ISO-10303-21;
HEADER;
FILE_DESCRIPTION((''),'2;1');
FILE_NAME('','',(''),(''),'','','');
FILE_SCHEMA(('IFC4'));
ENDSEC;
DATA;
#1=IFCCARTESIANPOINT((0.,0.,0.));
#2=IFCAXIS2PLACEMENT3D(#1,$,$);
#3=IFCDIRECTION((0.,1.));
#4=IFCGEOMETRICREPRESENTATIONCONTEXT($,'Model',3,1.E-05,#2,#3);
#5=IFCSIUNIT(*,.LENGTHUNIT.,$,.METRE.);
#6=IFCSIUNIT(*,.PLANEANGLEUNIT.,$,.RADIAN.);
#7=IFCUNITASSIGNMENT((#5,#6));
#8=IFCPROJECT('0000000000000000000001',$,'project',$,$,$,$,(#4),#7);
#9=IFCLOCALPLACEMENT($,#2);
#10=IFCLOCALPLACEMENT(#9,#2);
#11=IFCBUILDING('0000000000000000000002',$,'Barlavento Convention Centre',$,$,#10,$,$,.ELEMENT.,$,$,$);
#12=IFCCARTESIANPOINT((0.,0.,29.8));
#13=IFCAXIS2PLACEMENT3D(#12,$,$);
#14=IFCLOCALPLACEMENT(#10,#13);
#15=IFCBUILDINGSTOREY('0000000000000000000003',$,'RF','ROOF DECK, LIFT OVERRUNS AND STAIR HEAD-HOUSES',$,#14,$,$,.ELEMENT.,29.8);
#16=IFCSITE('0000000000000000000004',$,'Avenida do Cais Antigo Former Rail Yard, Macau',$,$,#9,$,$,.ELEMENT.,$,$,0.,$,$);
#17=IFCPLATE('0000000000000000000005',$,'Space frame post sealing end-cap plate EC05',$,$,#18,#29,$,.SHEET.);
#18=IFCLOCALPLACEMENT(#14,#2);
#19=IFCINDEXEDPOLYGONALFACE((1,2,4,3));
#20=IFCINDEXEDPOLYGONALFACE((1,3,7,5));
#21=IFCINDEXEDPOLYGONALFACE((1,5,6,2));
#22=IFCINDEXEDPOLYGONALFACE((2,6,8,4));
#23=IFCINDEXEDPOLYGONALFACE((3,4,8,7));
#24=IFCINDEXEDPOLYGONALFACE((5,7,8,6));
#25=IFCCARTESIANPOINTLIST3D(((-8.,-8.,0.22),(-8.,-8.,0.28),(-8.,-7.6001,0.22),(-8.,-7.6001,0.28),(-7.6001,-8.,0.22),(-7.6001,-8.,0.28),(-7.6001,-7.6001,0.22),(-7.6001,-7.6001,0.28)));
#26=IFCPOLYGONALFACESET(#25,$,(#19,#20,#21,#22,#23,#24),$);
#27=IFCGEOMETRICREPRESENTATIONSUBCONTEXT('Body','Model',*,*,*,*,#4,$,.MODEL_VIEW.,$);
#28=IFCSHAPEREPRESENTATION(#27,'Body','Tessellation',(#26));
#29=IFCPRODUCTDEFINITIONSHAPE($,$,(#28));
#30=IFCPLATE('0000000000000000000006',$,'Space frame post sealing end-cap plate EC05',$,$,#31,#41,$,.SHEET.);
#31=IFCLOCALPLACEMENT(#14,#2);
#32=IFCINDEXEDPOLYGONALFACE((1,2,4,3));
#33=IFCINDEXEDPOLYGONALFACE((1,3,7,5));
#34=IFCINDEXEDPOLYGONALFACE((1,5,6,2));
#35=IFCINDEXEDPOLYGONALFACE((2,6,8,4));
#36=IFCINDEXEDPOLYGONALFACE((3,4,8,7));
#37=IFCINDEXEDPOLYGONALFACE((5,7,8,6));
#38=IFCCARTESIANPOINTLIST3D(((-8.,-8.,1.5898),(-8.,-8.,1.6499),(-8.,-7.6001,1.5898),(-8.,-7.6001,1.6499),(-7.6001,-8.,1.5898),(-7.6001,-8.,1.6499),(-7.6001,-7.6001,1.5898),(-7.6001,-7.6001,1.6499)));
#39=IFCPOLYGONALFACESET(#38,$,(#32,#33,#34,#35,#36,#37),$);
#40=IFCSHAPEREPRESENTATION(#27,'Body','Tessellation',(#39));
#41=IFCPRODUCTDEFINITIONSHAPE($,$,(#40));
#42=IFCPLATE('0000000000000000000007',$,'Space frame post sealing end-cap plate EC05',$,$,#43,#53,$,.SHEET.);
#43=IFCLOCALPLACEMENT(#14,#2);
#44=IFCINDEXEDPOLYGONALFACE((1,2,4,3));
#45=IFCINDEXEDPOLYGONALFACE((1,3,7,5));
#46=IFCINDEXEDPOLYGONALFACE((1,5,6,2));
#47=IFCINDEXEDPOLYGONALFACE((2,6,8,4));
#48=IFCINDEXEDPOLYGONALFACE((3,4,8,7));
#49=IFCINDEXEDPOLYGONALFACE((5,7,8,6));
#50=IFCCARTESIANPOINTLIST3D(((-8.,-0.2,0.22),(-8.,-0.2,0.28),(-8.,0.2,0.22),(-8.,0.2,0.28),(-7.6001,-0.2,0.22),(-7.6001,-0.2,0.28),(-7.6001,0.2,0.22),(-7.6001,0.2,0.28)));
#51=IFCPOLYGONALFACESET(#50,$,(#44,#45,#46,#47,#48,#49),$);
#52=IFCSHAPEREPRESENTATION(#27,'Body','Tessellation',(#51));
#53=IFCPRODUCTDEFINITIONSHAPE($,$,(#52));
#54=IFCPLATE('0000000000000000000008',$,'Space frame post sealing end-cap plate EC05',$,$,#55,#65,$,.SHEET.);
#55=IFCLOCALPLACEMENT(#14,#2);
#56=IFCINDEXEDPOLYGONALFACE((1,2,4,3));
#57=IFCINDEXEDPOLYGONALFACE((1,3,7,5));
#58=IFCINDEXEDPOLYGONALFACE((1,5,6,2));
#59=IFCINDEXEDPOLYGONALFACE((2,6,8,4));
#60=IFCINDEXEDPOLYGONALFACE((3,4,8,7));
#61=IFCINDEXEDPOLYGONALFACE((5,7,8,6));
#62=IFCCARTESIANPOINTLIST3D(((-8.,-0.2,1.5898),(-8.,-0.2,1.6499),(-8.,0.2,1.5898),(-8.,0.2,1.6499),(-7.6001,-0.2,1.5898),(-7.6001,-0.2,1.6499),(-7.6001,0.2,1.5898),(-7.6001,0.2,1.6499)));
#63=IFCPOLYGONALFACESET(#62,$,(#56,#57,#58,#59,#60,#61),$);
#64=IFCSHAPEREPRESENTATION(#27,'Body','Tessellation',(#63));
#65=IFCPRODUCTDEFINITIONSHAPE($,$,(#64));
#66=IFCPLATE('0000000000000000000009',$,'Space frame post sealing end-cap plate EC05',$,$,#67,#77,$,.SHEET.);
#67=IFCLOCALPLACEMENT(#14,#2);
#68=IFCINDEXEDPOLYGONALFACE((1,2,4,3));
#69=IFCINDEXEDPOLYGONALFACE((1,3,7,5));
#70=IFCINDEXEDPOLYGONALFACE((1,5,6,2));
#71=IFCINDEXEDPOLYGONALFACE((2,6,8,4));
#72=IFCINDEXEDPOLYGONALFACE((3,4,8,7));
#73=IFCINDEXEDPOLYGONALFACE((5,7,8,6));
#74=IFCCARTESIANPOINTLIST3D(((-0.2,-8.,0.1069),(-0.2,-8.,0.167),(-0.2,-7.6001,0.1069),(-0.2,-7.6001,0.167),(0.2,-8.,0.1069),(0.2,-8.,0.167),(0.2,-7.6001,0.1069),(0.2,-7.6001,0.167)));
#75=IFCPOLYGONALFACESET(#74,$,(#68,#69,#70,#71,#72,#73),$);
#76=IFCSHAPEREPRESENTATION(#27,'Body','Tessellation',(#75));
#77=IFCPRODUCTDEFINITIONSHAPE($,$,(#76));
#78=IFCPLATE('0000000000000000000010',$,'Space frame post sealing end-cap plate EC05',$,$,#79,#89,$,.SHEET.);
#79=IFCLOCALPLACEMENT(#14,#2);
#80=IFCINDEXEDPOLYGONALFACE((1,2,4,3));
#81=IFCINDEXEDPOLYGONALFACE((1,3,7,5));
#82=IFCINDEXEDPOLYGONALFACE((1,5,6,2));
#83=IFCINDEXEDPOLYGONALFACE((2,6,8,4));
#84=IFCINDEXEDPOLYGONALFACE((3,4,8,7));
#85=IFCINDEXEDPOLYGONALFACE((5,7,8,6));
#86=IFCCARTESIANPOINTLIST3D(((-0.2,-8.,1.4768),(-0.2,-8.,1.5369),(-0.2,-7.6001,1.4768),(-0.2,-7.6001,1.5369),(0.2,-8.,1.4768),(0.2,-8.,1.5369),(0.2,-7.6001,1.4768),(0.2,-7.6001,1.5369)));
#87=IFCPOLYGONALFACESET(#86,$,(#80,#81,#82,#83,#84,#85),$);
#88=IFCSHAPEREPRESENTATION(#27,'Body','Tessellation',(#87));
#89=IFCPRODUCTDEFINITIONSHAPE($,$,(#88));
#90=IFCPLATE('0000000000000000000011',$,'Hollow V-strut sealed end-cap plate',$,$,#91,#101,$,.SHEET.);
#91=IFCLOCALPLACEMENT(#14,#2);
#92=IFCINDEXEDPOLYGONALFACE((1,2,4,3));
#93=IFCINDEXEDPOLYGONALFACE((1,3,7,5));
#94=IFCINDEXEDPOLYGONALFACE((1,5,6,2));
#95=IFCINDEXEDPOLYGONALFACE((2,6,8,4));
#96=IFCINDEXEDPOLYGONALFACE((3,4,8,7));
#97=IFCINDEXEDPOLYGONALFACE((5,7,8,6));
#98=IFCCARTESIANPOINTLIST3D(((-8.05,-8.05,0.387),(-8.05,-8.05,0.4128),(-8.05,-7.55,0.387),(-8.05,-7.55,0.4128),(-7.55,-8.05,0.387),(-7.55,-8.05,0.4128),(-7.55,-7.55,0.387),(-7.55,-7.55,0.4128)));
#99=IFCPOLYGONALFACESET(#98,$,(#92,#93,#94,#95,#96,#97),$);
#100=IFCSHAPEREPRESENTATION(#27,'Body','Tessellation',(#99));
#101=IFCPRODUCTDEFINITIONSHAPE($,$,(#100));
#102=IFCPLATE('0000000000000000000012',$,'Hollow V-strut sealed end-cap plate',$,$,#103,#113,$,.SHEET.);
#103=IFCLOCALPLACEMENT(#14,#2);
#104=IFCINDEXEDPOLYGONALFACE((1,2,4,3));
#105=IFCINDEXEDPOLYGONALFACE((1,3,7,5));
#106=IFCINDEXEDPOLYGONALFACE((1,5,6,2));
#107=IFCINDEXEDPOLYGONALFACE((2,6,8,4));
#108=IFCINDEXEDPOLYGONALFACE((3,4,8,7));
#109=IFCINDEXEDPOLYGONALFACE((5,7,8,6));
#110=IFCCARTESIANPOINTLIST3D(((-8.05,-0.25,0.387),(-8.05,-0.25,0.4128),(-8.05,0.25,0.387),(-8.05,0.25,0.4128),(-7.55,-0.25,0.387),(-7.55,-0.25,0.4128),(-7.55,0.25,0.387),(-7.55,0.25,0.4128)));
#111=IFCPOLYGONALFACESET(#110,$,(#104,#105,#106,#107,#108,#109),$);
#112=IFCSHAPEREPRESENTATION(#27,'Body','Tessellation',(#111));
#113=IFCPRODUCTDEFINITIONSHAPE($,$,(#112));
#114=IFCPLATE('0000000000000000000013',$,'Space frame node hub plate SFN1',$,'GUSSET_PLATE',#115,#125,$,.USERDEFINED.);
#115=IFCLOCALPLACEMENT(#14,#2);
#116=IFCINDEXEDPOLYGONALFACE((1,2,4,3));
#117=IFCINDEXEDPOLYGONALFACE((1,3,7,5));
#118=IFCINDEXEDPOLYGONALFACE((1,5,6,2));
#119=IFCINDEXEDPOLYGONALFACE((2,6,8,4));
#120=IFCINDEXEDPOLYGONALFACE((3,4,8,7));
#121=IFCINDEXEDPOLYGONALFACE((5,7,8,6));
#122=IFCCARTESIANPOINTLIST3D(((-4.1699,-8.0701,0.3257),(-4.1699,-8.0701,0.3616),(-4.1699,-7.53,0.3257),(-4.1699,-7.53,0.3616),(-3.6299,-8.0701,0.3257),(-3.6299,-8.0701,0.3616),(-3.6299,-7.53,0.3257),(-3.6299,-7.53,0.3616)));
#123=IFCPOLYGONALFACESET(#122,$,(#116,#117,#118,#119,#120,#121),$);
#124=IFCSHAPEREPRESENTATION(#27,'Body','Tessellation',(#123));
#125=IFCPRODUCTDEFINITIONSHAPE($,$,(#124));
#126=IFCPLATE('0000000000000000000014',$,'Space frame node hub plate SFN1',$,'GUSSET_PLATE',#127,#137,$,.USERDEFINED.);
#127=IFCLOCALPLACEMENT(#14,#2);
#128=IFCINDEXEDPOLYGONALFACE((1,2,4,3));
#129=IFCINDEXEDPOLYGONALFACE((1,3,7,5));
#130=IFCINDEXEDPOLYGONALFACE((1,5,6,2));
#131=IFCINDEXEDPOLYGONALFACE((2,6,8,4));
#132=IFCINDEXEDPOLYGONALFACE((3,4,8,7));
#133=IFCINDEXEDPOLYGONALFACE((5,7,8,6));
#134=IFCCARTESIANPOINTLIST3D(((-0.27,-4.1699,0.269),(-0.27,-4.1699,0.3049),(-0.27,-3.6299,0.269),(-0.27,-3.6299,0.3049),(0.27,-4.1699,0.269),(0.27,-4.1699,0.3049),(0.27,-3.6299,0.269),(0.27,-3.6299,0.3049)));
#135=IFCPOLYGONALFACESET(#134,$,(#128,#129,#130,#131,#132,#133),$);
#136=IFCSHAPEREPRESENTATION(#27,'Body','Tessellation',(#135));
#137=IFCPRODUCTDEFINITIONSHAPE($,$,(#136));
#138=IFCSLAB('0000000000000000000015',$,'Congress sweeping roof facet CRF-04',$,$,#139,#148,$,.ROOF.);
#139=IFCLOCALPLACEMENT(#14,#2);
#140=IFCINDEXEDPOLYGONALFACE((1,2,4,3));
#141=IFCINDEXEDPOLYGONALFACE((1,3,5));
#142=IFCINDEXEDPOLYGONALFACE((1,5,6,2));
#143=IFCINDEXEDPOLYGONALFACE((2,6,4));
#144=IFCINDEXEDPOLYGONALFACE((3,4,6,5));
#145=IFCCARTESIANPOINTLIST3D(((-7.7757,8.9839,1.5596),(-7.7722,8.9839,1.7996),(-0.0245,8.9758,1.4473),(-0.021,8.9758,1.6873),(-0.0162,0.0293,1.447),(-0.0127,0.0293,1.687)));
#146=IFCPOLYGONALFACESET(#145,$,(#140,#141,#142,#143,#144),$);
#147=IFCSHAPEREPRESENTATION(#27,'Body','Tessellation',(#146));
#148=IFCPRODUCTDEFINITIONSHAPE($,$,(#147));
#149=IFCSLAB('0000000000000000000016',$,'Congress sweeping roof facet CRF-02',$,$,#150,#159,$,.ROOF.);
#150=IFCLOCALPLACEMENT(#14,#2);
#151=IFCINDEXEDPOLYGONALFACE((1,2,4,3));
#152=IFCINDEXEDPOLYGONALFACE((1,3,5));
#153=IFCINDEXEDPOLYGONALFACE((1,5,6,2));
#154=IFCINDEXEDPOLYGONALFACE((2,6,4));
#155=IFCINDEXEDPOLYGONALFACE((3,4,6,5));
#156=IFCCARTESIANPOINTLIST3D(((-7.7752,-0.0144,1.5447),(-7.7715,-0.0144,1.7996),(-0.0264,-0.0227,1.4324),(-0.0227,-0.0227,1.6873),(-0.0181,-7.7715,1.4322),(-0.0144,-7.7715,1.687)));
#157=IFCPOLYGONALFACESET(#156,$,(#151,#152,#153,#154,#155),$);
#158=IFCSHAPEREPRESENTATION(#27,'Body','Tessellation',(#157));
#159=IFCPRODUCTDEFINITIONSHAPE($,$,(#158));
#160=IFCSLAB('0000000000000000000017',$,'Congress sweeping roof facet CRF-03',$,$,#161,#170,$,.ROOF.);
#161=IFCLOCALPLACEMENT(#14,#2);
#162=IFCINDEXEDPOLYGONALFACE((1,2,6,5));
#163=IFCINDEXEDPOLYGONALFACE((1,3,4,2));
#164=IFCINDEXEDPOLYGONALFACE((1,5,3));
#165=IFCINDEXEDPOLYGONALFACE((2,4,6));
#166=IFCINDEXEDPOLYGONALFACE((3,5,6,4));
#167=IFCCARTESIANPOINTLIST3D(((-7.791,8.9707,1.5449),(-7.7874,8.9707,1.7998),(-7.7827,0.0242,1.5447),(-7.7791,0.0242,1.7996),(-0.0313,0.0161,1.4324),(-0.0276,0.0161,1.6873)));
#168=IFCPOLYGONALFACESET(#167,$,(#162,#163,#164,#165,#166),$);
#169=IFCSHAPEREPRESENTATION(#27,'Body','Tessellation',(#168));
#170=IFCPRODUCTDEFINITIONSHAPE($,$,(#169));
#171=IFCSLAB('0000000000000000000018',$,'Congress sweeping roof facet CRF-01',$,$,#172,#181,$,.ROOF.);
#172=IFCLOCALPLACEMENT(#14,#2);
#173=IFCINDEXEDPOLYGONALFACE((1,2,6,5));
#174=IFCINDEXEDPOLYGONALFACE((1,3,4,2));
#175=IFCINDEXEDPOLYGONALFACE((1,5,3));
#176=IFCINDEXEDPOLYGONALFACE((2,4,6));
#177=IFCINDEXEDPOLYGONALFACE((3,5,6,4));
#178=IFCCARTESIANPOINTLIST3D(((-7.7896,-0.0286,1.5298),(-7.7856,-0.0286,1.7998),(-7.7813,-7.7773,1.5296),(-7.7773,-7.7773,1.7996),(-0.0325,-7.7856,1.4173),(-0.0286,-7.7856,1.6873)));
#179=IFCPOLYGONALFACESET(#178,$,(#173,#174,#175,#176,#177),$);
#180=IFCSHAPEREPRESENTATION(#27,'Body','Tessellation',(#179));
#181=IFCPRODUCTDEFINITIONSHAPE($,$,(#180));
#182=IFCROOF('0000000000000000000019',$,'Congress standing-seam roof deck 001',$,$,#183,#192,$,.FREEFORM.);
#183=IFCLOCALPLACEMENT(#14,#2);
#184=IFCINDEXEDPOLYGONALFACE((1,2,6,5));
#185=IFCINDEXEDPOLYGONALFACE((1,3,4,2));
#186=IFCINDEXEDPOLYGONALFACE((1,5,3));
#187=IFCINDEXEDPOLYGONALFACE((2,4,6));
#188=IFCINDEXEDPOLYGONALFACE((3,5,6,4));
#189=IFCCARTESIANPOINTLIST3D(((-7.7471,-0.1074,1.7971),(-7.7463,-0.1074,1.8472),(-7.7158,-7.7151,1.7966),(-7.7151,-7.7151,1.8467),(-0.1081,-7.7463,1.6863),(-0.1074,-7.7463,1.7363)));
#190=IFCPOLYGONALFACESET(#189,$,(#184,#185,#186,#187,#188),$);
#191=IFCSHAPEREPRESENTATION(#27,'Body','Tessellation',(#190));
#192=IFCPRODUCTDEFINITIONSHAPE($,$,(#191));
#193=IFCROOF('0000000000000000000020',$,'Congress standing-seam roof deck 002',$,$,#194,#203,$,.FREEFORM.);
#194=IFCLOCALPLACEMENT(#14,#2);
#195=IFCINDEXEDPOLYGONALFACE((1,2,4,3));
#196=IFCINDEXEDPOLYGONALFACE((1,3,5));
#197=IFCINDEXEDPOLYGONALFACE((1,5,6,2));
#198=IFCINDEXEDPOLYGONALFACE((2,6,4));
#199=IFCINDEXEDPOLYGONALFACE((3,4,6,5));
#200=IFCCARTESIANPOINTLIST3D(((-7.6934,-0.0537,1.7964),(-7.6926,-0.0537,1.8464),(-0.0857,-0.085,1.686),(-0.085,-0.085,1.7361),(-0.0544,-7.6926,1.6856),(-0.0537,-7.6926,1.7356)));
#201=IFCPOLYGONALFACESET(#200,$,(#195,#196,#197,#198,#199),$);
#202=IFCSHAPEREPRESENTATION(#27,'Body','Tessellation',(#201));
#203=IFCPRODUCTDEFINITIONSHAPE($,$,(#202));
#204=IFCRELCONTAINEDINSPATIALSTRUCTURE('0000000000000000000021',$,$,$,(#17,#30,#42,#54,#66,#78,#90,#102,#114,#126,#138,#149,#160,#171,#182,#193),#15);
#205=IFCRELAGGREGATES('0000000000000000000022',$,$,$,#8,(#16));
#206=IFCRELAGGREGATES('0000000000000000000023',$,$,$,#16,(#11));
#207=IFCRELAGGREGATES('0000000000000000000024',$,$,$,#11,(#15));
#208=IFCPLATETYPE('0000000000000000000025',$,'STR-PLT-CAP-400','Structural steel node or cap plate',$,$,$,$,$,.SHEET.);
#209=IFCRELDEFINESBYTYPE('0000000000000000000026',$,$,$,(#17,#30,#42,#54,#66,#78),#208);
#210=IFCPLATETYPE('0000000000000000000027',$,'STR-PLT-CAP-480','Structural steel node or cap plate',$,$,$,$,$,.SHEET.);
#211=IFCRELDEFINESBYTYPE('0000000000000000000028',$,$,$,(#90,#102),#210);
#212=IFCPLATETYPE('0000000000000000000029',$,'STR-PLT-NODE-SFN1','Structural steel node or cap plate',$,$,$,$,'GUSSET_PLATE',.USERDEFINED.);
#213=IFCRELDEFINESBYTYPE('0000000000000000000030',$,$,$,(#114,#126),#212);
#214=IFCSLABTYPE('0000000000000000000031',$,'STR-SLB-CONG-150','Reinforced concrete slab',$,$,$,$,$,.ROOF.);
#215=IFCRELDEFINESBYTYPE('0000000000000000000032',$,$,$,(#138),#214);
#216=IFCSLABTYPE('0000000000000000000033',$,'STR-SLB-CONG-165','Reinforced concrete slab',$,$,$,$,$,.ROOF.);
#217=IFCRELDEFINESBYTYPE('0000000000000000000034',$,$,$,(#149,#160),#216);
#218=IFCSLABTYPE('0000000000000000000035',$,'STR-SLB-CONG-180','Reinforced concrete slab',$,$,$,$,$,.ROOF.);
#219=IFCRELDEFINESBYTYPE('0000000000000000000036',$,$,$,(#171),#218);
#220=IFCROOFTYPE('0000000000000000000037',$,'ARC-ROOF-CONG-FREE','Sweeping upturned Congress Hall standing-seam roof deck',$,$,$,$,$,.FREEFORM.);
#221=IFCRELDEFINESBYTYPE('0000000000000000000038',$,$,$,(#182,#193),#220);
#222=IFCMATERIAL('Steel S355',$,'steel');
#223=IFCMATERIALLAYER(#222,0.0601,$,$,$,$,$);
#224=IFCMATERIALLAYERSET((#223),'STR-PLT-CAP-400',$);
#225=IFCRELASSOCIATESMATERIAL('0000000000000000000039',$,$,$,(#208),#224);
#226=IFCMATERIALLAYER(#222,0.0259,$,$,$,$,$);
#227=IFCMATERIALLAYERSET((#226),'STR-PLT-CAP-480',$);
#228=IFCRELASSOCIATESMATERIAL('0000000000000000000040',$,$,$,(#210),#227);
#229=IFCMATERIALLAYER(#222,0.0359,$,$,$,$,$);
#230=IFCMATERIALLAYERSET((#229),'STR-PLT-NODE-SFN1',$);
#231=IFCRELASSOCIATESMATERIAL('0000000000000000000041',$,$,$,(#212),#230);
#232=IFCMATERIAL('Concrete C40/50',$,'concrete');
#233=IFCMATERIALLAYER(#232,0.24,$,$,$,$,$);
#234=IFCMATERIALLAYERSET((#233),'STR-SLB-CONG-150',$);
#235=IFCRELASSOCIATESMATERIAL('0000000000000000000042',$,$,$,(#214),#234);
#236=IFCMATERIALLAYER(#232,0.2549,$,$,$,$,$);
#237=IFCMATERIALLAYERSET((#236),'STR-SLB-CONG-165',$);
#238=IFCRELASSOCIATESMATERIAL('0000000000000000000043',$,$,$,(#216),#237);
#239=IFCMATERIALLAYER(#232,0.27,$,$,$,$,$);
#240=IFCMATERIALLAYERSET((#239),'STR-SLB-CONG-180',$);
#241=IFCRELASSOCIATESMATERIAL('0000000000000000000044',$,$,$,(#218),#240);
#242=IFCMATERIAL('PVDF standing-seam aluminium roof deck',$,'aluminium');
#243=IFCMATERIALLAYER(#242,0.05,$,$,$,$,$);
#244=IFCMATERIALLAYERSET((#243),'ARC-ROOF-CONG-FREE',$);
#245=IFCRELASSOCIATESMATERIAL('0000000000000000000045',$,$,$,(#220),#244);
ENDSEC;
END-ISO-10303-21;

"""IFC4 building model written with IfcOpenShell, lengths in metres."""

from ifc_helpers import new_model, si_unit, direction, frame, origin, origin_2d, place, context, subcontext, project, spatial, polyline, rectangle, outline, extrude, material, layer, layer_set, type_object, element, save


model = new_model("IFC4")

# Units and contexts
model_context = context("Model", 3, precision=1e-05, world=origin(), true_north=direction((0.0, 1.0)))
body_context = subcontext(model_context, "Body", "Model", "MODEL_VIEW")
ifc_project = project(units=[si_unit("LENGTHUNIT", "METRE"), si_unit("PLANEANGLEUNIT", "RADIAN")], contexts=[model_context])

# Site, building, storey
site_placement = place(None, origin())
site = spatial("IfcSite", under=ifc_project, at=site_placement, Name="Avenida do Cais Antigo Former Rail Yard, Macau", CompositionType="ELEMENT", RefElevation=0.0)
building_placement = place(site_placement, origin())
building = spatial("IfcBuilding", under=site, at=building_placement, Name="Barlavento Convention Centre", CompositionType="ELEMENT")
storey_placement = place(building_placement, frame((0.0, 0.0, 29.8)))
storey = spatial("IfcBuildingStorey", under=building, at=storey_placement, Name="RF", Description="ROOF DECK, LIFT OVERRUNS AND STAIR HEAD-HOUSES", CompositionType="ELEMENT", Elevation=29.8)

# Shared definitions
ifc_material_1 = material(Name="Steel S355", Category="steel")

# Plates
ifc_layer_1 = layer(ifc_material_1, 0.0601)
ifc_layer_set_1 = layer_set([ifc_layer_1], Name="STR-PLT-CAP-400")
plate_type_1 = type_object("IfcPlateType", Name="STR-PLT-CAP-400", Description="Structural steel node or cap plate", PredefinedType="SHEET", material=ifc_layer_set_1)
for number, where, z_axis, x_axis, name in (
    (1, (-7.8, -7.8, 0.22), (0.0, 0.0, 1.0), (1.0, 0.0, 0.0), "Space frame post sealing end-cap plate EC05"),
    (2, (-7.8, -7.8, 1.5898), (0.0, 0.0, 1.0), (1.0, 0.0, 0.0), "Space frame post sealing end-cap plate EC05"),
    (3, (-7.8, 0.0, 0.22), (0.0, 0.0, 1.0), (1.0, 0.0, 0.0), "Space frame post sealing end-cap plate EC05"),
    (4, (-7.8, 0.0, 1.5898), (0.0, 0.0, 1.0), (1.0, 0.0, 0.0), "Space frame post sealing end-cap plate EC05"),
    (5, (0.0, -7.8, 0.1069), (0.0, 0.0, 1.0), (1.0, 0.0, 0.0), "Space frame post sealing end-cap plate EC05"),
    (6, (0.0, -7.8, 1.4768), (0.0, 0.0, 1.0), (1.0, 0.0, 0.0), "Space frame post sealing end-cap plate EC05"),
):
    element("IfcPlate", number, at=place(storey_placement, frame(where, z_axis=z_axis, x_axis=x_axis)), inside=storey, type_object=plate_type_1, Name=name, PredefinedType="SHEET", context=body_context, shape_type="SweptSolid", body=[
        extrude(rectangle(XDim=0.3999, YDim=0.3999, at=origin_2d()), origin(), (0.0, 0.0, 1.0), 0.0601),
    ])
ifc_layer_2 = layer(ifc_material_1, 0.0259)
ifc_layer_set_2 = layer_set([ifc_layer_2], Name="STR-PLT-CAP-480")
plate_type_2 = type_object("IfcPlateType", Name="STR-PLT-CAP-480", Description="Structural steel node or cap plate", PredefinedType="SHEET", material=ifc_layer_set_2)
for number, where, z_axis, x_axis, name in (
    (7, (-7.8, -7.8, 0.387), (0.0, 0.0, 1.0), (1.0, 0.0, 0.0), "Hollow V-strut sealed end-cap plate"),
    (8, (-7.8, 0.0, 0.387), (0.0, 0.0, 1.0), (1.0, 0.0, 0.0), "Hollow V-strut sealed end-cap plate"),
):
    element("IfcPlate", number, at=place(storey_placement, frame(where, z_axis=z_axis, x_axis=x_axis)), inside=storey, type_object=plate_type_2, Name=name, PredefinedType="SHEET", context=body_context, shape_type="SweptSolid", body=[
        extrude(rectangle(XDim=0.5, YDim=0.5, at=origin_2d()), origin(), (0.0, 0.0, 1.0), 0.0259),
    ])
ifc_layer_3 = layer(ifc_material_1, 0.0359)
ifc_layer_set_3 = layer_set([ifc_layer_3], Name="STR-PLT-NODE-SFN1")
plate_type_3 = type_object("IfcPlateType", Name="STR-PLT-NODE-SFN1", Description="Structural steel node or cap plate", ElementType="GUSSET_PLATE", PredefinedType="USERDEFINED", material=ifc_layer_set_3)
for number, where, z_axis, x_axis, name in (
    (9, (-3.8999, -7.8, 0.3257), (0.0, 0.0, 1.0), (1.0, 0.0, 0.0), "Space frame node hub plate SFN1"),
    (10, (0.0, -3.8999, 0.269), (0.0, 0.0, 1.0), (1.0, 0.0, 0.0), "Space frame node hub plate SFN1"),
):
    element("IfcPlate", number, at=place(storey_placement, frame(where, z_axis=z_axis, x_axis=x_axis)), inside=storey, type_object=plate_type_3, Name=name, ObjectType="GUSSET_PLATE", PredefinedType="USERDEFINED", context=body_context, shape_type="SweptSolid", body=[
        extrude(rectangle(XDim=0.54, YDim=0.54, at=origin_2d()), origin(), (0.0, 0.0, 1.0), 0.0359),
    ])

# Slabs
ifc_material_2 = material(Name="Concrete C40/50", Category="concrete")
ifc_layer_4 = layer(ifc_material_2, 0.24)
ifc_layer_set_4 = layer_set([ifc_layer_4], Name="STR-SLB-CONG-150")
slab_type_1 = type_object("IfcSlabType", Name="STR-SLB-CONG-150", Description="Reinforced concrete slab", PredefinedType="ROOF", material=ifc_layer_set_4)
slab_1_placement = place(storey_placement, frame((-0.0127, 0.0293, 1.687), z_axis=(0.014487, -0.000014, 0.999895), x_axis=(-0.000928, 1.0, 0.000027)))
element("IfcSlab", 11, at=slab_1_placement, inside=storey, type_object=slab_type_1, Name="Congress sweeping roof facet CRF-04", PredefinedType="ROOF", context=body_context, shape_type="SweptSolid", body=[
    extrude(outline(polyline([(0.0, 0.0), (8.9465, 0.0), (8.9618, 7.752), (0.0, 0.0)])), origin(), (0.0, 0.0, -1.0), 0.24),
])
ifc_layer_5 = layer(ifc_material_2, 0.2549)
ifc_layer_set_5 = layer_set([ifc_layer_5], Name="STR-SLB-CONG-165")
slab_type_2 = type_object("IfcSlabType", Name="STR-SLB-CONG-165", Description="Reinforced concrete slab", PredefinedType="ROOF", material=ifc_layer_set_5)
slab_2_placement = place(storey_placement, frame((-0.0144, -7.7715, 1.687), z_axis=(0.014492, -0.000016, 0.999895), x_axis=(-0.001071, 0.999999, 0.000032)))
element("IfcSlab", 12, at=slab_2_placement, inside=storey, type_object=slab_type_2, Name="Congress sweeping roof facet CRF-02", PredefinedType="ROOF", context=body_context, shape_type="SweptSolid", body=[
    extrude(outline(polyline([(0.0, 0.0), (7.7488, 0.0), (7.7654, 7.7496), (0.0, 0.0)])), origin(), (0.0, 0.0, -1.0), 0.2549),
])
slab_3_placement = place(storey_placement, frame((-7.7791, 0.0242, 1.7996), z_axis=(0.014487, -0.000014, 0.999895), x_axis=(0.999895, -0.001039, -0.014487)))
element("IfcSlab", 13, at=slab_3_placement, inside=storey, type_object=slab_type_2, Name="Congress sweeping roof facet CRF-03", PredefinedType="ROOF", context=body_context, shape_type="SweptSolid", body=[
    extrude(outline(polyline([(0.0, 0.0), (7.7523, 0.0), (-0.0176, 8.9465), (0.0, 0.0)])), origin(), (0.0, 0.0, -1.0), 0.2549),
])
ifc_layer_6 = layer(ifc_material_2, 0.27)
ifc_layer_set_6 = layer_set([ifc_layer_6], Name="STR-SLB-CONG-180")
slab_type_3 = type_object("IfcSlabType", Name="STR-SLB-CONG-180", Description="Reinforced concrete slab", PredefinedType="ROOF", material=ifc_layer_set_6)
slab_4_placement = place(storey_placement, frame((-7.7773, -7.7773, 1.7996), z_axis=(0.014492, -0.000016, 0.999895), x_axis=(0.999894, -0.001071, -0.014492)))
element("IfcSlab", 14, at=slab_4_placement, inside=storey, type_object=slab_type_3, Name="Congress sweeping roof facet CRF-01", PredefinedType="ROOF", context=body_context, shape_type="SweptSolid", body=[
    extrude(outline(polyline([(0.0, 0.0), (7.7496, 0.0), (-0.0166, 7.7488), (0.0, 0.0)])), origin(), (0.0, 0.0, -1.0), 0.27),
])

# Roofs
ifc_material_3 = material(Name="PVDF standing-seam aluminium roof deck", Category="aluminium")
ifc_layer_7 = layer(ifc_material_3, 0.05)
ifc_layer_set_7 = layer_set([ifc_layer_7], Name="ARC-ROOF-CONG-FREE")
roof_type = type_object("IfcRoofType", Name="ARC-ROOF-CONG-FREE", Description="Sweeping upturned Congress Hall standing-seam roof deck", PredefinedType="FREEFORM", material=ifc_layer_set_7)
roof_1_placement = place(storey_placement, frame((-7.7151, -7.7151, 1.8467), z_axis=(0.014504, -0.000005, 0.999895), x_axis=(0.999886, -0.004107, -0.014504)))
element("IfcRoof", 15, at=roof_1_placement, inside=storey, type_object=roof_type, Name="Congress standing-seam roof deck 001", PredefinedType="FREEFORM", context=body_context, shape_type="SweptSolid", body=[
    extrude(outline(polyline([(0.0, 0.0), (7.6085, 0.0), (-0.0625, 7.6075), (0.0, 0.0)])), origin(), (0.0, 0.0, -1.0), 0.05),
])
roof_2_placement = place(storey_placement, frame((-0.0537, -7.6926, 1.7356), z_axis=(0.014504, -0.000005, 0.999895), x_axis=(-0.004108, 0.999992, 0.000064)))
element("IfcRoof", 16, at=roof_2_placement, inside=storey, type_object=roof_type, Name="Congress standing-seam roof deck 002", PredefinedType="FREEFORM", context=body_context, shape_type="SweptSolid", body=[
    extrude(outline(polyline([(0.0, 0.0), (7.6077, 0.0), (7.6702, 7.6083), (0.0, 0.0)])), origin(), (0.0, 0.0, -1.0), 0.05),
])

save(model, "model.ifc")
